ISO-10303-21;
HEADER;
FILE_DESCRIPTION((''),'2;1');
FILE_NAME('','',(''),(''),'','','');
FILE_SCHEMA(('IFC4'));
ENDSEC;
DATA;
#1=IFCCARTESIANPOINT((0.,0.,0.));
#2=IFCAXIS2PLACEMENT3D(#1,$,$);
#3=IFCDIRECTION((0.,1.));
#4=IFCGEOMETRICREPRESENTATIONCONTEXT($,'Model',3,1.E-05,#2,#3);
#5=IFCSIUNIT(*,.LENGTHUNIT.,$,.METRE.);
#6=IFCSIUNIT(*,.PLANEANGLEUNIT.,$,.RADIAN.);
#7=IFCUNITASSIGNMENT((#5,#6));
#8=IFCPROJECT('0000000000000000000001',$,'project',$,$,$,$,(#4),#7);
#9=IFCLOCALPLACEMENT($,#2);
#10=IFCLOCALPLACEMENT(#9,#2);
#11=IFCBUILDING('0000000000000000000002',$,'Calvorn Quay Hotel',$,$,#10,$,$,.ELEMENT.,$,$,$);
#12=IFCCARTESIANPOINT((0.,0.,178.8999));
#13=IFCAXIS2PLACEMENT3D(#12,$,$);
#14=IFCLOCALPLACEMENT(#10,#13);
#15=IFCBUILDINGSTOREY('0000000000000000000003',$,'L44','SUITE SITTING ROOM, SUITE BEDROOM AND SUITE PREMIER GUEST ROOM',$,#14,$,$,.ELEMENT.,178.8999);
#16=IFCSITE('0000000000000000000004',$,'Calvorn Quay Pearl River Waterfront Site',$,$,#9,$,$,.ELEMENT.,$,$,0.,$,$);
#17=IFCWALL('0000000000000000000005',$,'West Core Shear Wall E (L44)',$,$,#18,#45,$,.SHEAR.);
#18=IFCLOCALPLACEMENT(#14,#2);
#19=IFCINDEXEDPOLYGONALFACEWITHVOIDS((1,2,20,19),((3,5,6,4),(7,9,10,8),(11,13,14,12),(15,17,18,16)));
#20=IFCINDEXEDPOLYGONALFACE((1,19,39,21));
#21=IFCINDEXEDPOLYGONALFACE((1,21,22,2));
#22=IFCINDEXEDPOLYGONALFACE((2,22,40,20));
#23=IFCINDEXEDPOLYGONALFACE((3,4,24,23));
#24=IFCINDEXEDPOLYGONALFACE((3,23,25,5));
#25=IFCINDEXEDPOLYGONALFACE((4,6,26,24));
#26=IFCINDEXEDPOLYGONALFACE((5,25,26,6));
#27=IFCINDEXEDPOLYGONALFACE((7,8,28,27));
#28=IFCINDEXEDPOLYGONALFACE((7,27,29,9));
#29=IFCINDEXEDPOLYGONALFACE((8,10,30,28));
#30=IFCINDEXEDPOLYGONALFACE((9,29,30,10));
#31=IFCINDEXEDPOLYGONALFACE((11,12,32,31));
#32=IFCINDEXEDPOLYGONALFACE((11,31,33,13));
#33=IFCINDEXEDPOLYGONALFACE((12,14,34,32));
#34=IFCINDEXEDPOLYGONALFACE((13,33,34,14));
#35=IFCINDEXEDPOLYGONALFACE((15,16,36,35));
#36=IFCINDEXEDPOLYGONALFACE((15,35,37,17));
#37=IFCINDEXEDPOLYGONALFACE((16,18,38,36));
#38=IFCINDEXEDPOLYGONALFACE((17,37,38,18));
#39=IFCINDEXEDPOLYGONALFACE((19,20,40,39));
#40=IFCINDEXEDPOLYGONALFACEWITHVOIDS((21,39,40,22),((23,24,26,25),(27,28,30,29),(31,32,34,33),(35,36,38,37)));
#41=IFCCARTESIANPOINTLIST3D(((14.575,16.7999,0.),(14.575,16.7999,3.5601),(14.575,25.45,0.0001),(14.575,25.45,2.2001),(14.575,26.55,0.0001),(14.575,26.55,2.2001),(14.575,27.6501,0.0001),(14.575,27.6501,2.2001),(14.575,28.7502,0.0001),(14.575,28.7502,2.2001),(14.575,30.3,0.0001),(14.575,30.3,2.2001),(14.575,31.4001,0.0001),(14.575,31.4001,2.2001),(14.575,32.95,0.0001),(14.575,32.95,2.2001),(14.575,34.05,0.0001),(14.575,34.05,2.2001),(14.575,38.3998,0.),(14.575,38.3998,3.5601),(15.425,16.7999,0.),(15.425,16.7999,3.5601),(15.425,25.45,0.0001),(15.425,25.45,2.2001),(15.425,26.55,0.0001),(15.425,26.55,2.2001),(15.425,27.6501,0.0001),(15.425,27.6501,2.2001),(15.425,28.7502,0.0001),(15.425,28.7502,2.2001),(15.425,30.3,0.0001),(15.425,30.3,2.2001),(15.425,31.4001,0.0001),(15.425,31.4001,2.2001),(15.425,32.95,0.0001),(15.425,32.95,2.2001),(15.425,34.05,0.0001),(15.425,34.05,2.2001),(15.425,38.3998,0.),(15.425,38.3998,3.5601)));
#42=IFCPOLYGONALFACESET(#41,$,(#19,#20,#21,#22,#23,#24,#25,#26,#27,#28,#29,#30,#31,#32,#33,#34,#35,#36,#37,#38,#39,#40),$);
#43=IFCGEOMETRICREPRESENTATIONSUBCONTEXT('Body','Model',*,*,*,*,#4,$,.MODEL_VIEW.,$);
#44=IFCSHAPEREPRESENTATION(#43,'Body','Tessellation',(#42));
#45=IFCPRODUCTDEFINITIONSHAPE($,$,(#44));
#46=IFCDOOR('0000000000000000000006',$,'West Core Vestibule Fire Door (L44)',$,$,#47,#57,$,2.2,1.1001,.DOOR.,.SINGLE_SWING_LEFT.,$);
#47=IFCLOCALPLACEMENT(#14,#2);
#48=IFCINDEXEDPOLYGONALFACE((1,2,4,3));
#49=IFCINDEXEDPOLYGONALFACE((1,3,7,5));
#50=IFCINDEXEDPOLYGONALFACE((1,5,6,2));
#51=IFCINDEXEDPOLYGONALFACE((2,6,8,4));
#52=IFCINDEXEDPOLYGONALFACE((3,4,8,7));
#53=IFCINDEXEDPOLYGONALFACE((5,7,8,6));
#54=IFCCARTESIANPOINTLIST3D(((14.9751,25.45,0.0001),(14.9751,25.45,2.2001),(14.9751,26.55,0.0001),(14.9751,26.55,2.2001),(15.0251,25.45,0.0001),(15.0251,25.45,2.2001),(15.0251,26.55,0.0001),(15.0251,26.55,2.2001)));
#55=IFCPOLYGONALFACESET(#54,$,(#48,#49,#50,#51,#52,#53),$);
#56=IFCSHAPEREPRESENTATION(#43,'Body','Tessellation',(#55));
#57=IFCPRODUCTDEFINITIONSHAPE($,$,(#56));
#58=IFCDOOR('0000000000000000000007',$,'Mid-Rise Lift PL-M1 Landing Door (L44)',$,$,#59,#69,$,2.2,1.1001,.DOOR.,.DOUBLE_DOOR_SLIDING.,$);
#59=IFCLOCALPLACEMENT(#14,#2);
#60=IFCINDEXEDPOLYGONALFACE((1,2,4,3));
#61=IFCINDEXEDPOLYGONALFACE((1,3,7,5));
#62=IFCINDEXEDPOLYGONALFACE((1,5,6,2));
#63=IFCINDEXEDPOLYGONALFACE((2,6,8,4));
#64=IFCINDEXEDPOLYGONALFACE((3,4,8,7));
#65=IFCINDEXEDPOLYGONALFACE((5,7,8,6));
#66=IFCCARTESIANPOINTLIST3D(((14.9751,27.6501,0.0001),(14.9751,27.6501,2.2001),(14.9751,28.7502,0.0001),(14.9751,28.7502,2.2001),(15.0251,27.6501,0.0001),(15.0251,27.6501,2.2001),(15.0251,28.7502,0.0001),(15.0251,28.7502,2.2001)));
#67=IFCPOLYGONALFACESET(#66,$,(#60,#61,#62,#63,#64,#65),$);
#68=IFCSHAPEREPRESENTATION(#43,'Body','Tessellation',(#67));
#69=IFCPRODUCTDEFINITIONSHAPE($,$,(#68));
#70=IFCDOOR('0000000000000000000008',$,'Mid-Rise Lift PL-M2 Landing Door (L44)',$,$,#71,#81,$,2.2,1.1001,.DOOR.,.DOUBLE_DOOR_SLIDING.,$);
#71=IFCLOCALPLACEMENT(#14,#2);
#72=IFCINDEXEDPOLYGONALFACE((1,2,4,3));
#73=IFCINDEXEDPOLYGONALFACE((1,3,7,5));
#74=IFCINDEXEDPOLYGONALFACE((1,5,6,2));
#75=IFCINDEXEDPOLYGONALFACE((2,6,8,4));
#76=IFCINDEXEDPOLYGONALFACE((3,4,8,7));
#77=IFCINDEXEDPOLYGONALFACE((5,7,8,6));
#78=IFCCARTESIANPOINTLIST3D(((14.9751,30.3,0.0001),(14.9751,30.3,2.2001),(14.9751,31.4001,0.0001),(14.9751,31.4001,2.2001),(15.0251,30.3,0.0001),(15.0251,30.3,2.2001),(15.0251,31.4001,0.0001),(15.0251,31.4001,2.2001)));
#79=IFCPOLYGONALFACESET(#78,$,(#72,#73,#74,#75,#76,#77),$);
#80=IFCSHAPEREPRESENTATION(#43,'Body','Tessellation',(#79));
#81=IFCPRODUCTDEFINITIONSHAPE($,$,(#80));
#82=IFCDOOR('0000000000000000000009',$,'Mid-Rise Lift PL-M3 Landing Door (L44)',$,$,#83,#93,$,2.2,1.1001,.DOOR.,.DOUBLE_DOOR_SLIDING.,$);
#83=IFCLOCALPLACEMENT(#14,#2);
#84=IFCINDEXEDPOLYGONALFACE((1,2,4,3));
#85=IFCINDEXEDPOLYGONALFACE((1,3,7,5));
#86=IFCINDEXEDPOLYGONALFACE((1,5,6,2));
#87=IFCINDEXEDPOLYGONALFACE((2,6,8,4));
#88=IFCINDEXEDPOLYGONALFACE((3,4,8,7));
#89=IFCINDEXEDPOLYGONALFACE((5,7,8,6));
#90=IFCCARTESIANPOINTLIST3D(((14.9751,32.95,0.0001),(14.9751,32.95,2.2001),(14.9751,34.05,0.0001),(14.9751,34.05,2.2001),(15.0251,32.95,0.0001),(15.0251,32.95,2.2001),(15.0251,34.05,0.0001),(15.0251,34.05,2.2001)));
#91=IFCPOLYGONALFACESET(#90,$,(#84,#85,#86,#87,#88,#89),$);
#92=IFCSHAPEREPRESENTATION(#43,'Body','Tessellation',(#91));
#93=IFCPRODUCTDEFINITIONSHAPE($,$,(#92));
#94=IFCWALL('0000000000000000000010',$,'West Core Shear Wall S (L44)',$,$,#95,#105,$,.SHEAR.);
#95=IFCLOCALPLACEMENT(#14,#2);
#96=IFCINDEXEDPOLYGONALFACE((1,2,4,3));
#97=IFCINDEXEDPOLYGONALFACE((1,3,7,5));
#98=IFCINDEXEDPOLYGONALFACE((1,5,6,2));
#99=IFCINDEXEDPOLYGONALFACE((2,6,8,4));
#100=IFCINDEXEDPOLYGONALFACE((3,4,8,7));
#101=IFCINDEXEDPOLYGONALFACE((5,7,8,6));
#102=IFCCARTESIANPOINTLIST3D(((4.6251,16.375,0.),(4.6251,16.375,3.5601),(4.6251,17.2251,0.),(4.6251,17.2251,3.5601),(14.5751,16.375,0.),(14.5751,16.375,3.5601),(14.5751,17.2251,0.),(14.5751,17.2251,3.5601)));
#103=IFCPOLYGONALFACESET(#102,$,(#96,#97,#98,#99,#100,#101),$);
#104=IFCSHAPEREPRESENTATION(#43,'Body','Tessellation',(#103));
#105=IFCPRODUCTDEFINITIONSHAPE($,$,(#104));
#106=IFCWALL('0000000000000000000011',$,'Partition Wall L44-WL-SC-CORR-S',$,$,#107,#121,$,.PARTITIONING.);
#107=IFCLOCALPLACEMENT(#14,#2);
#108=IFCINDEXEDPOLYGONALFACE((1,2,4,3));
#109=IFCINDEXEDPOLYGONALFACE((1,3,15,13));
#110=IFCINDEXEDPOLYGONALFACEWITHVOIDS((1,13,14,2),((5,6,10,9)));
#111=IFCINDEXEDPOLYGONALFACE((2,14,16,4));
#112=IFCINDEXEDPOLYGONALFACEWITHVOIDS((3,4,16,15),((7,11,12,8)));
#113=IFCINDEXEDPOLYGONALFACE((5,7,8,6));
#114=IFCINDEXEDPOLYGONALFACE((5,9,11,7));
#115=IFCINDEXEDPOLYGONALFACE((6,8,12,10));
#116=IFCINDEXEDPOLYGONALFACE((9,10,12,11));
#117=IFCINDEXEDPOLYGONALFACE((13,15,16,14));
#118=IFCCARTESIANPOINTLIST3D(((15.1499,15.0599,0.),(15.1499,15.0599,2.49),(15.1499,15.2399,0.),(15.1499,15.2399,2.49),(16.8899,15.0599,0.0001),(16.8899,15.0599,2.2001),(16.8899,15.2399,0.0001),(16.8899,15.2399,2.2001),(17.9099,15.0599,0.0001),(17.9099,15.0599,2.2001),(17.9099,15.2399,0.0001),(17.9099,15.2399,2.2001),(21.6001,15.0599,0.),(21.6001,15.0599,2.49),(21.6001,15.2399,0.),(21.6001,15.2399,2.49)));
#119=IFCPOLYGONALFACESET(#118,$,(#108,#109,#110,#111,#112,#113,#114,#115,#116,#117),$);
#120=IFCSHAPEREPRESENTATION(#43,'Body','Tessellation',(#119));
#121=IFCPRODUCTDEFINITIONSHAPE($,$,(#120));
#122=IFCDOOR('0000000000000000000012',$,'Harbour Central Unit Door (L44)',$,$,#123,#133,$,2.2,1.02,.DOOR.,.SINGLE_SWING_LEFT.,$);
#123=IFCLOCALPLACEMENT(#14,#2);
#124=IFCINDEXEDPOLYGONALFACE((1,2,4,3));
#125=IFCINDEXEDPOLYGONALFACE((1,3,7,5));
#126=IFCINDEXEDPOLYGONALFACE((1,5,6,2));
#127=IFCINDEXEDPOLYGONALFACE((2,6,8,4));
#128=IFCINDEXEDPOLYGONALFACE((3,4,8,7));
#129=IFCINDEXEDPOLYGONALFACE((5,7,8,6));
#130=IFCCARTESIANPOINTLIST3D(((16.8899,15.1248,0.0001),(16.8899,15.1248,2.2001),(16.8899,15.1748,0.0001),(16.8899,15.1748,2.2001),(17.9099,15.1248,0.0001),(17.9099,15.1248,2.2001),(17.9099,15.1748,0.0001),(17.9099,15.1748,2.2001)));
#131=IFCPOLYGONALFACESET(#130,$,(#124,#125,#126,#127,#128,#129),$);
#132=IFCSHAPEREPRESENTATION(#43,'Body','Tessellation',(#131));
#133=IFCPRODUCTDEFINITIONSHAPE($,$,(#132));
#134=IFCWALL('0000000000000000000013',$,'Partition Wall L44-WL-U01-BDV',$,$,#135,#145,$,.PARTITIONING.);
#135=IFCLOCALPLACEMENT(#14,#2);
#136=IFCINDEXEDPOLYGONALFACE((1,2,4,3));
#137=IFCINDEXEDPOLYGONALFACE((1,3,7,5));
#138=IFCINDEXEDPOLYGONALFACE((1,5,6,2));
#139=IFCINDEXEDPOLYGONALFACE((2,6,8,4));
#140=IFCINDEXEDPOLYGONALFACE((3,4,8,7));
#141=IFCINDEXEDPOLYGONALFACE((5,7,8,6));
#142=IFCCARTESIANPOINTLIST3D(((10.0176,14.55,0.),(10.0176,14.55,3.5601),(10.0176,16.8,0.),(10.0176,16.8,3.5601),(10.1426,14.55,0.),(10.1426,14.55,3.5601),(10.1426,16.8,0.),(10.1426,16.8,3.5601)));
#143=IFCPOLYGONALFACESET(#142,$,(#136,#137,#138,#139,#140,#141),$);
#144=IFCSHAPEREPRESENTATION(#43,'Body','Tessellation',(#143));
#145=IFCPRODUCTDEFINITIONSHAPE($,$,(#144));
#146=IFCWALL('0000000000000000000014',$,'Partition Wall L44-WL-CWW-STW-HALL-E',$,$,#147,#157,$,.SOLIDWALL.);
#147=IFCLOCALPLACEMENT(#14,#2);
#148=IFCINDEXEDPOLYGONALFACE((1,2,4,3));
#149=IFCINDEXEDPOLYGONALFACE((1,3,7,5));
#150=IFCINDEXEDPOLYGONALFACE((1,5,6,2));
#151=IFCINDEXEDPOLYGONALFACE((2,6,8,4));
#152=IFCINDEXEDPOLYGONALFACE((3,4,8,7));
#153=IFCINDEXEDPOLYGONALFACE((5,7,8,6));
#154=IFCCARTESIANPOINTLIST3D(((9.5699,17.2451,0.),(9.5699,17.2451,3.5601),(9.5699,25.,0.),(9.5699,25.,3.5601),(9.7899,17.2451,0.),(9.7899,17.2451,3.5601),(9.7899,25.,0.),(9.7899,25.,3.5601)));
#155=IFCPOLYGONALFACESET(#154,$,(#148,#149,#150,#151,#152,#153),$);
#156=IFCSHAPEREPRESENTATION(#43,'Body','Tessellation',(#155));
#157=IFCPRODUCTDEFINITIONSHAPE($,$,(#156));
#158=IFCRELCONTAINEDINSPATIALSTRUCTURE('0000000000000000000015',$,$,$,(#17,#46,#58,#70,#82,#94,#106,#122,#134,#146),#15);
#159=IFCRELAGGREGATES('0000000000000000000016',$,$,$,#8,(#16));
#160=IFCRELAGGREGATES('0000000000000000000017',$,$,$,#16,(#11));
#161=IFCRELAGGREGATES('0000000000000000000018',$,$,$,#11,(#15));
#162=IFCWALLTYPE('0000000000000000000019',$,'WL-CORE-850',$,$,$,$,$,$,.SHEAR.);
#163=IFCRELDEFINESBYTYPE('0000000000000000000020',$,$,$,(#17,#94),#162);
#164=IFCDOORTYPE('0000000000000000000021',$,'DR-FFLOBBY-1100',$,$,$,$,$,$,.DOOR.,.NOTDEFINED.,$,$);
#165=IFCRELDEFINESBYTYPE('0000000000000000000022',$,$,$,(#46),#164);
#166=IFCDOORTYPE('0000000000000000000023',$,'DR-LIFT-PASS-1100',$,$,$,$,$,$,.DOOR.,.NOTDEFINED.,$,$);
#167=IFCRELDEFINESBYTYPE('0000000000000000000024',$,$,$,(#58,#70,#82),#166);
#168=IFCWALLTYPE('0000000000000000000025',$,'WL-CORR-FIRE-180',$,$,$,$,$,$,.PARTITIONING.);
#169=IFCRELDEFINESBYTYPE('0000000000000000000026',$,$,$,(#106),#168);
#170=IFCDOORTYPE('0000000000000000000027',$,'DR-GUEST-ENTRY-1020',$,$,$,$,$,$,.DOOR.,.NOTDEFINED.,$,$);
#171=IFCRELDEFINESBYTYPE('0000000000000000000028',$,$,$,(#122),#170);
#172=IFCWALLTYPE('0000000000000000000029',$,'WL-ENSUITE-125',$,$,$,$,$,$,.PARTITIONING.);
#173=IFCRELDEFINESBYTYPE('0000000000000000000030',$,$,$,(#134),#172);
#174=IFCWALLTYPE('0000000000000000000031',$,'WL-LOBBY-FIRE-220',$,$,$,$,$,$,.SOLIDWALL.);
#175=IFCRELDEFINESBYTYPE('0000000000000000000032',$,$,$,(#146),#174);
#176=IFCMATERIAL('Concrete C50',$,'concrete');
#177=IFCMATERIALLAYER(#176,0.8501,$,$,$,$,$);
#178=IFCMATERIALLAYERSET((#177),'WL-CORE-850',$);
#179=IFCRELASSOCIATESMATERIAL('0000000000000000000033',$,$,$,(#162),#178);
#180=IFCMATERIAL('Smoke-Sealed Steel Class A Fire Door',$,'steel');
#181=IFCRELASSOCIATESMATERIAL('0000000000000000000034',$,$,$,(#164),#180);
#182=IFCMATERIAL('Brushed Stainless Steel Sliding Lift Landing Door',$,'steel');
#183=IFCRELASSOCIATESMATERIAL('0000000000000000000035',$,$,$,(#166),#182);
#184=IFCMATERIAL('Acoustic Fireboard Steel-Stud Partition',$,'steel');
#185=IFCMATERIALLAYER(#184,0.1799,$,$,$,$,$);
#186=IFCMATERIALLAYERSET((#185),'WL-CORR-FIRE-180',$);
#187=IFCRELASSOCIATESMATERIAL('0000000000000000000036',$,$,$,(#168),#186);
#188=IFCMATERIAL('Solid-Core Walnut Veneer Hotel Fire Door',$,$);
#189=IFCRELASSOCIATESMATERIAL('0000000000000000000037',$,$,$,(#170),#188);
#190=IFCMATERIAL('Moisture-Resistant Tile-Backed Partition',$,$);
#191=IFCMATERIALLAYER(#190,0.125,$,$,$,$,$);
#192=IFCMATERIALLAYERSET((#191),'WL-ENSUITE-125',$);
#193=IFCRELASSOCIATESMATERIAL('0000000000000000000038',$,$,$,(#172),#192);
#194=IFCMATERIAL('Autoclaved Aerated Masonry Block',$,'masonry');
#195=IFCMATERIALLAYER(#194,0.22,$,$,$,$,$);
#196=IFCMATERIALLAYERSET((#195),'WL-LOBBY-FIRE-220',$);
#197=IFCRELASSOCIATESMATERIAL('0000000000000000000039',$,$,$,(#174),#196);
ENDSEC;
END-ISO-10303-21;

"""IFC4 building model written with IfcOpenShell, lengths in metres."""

from ifc_helpers import new_model, si_unit, direction, frame, frame_2d, origin, place, context, subcontext, project, spatial, rectangle, extrude, material, layer, layer_set, type_object, element, fill, save


model = new_model("IFC4")

# Units and contexts
model_context = context("Model", 3, precision=1e-05, world=origin(), true_north=direction((0.0, 1.0)))
body_context = subcontext(model_context, "Body", "Model", "MODEL_VIEW")
ifc_project = project(units=[si_unit("LENGTHUNIT", "METRE"), si_unit("PLANEANGLEUNIT", "RADIAN")], contexts=[model_context])

# Site, building, storey
site_placement = place(None, origin())
site = spatial("IfcSite", under=ifc_project, at=site_placement, Name="Calvorn Quay Pearl River Waterfront Site", CompositionType="ELEMENT", RefElevation=0.0)
building_placement = place(site_placement, origin())
building = spatial("IfcBuilding", under=site, at=building_placement, Name="Calvorn Quay Hotel", CompositionType="ELEMENT")
storey_placement = place(building_placement, frame((0.0, 0.0, 178.8999)))
storey = spatial("IfcBuildingStorey", under=building, at=storey_placement, Name="L44", Description="SUITE SITTING ROOM, SUITE BEDROOM AND SUITE PREMIER GUEST ROOM", CompositionType="ELEMENT", Elevation=178.8999)

# Wall, openings, doors
ifc_material_1 = material(Name="Concrete C50", Category="concrete")
ifc_layer_1 = layer(ifc_material_1, 0.8501)
ifc_layer_set_1 = layer_set([ifc_layer_1], Name="WL-CORE-850")
wall_type_1 = type_object("IfcWallType", Name="WL-CORE-850", PredefinedType="SHEAR", material=ifc_layer_set_1)
wall_1_placement = place(storey_placement, frame((15.0, 16.8, 0.0), z_axis=(0.0, 0.0, 1.0), x_axis=(0.0, 1.0, 0.0)))
wall_1 = element("IfcWall", 1, at=wall_1_placement, inside=storey, type_object=wall_type_1, Name="West Core Shear Wall E (L44)", PredefinedType="SHEAR", context=body_context, shape_type="SweptSolid", body=[
    extrude(rectangle(XDim=21.5999, YDim=0.8501, at=frame_2d((10.7998, 0.0))), origin(), (0.0, 0.0, 1.0), 3.5601),
])
opening_1_placement = place(wall_1_placement, frame((8.6499, 0.0, 0.0)))
opening_1 = element("IfcOpeningElement", 2, at=opening_1_placement, cuts=wall_1, PredefinedType="OPENING", context=body_context, shape_type="SweptSolid", body=[
    extrude(rectangle(XDim=1.1001, YDim=2.2, at=frame_2d((0.55, 1.1001))), frame((0.0, 0.4351, 0.0), z_axis=(0.0, -1.0, 0.0), x_axis=(1.0, 0.0, 0.0)), (0.0, 0.0, 1.0), 0.8701),
])
opening_2_placement = place(wall_1_placement, frame((10.8501, 0.0, 0.0)))
opening_2 = element("IfcOpeningElement", 3, at=opening_2_placement, cuts=wall_1, PredefinedType="OPENING", context=body_context, shape_type="SweptSolid", body=[
    extrude(rectangle(XDim=1.1001, YDim=2.2, at=frame_2d((0.55, 1.1001))), frame((0.0, 0.4351, 0.0), z_axis=(0.0, -1.0, 0.0), x_axis=(1.0, 0.0, 0.0)), (0.0, 0.0, 1.0), 0.8701),
])
opening_3_placement = place(wall_1_placement, frame((13.5, 0.0, 0.0)))
opening_3 = element("IfcOpeningElement", 4, at=opening_3_placement, cuts=wall_1, PredefinedType="OPENING", context=body_context, shape_type="SweptSolid", body=[
    extrude(rectangle(XDim=1.1001, YDim=2.2, at=frame_2d((0.55, 1.1001))), frame((0.0, 0.4351, 0.0), z_axis=(0.0, -1.0, 0.0), x_axis=(1.0, 0.0, 0.0)), (0.0, 0.0, 1.0), 0.8701),
])
opening_4_placement = place(wall_1_placement, frame((16.1499, 0.0, 0.0)))
opening_4 = element("IfcOpeningElement", 5, at=opening_4_placement, cuts=wall_1, PredefinedType="OPENING", context=body_context, shape_type="SweptSolid", body=[
    extrude(rectangle(XDim=1.1001, YDim=2.2, at=frame_2d((0.55, 1.1001))), frame((0.0, 0.4351, 0.0), z_axis=(0.0, -1.0, 0.0), x_axis=(1.0, 0.0, 0.0)), (0.0, 0.0, 1.0), 0.8701),
])
ifc_material_2 = material(Name="Smoke-Sealed Steel Class A Fire Door", Category="steel")
door_type_1 = type_object("IfcDoorType", Name="DR-FFLOBBY-1100", OperationType="NOTDEFINED", PredefinedType="DOOR", material=ifc_material_2)
door_1_placement = place(opening_1_placement, origin())
door_1 = element("IfcDoor", 6, at=door_1_placement, inside=storey, type_object=door_type_1, Name="West Core Vestibule Fire Door (L44)", OperationType="SINGLE_SWING_LEFT", OverallHeight=2.2, OverallWidth=1.1001, PredefinedType="DOOR", context=body_context, shape_type="SweptSolid", body=[
    extrude(rectangle(XDim=1.1001, YDim=2.2, at=frame_2d((0.55, 1.1001))), frame((0.0, 0.0249, 0.0), z_axis=(0.0, -1.0, 0.0), x_axis=(1.0, 0.0, 0.0)), (0.0, 0.0, 1.0), 0.05),
])
fill(opening_1, door_1)
ifc_material_3 = material(Name="Brushed Stainless Steel Sliding Lift Landing Door", Category="steel")
door_type_2 = type_object("IfcDoorType", Name="DR-LIFT-PASS-1100", OperationType="NOTDEFINED", PredefinedType="DOOR", material=ifc_material_3)
door_2_placement = place(opening_2_placement, origin())
door_2 = element("IfcDoor", 7, at=door_2_placement, inside=storey, type_object=door_type_2, Name="Mid-Rise Lift PL-M1 Landing Door (L44)", OperationType="DOUBLE_DOOR_SLIDING", OverallHeight=2.2, OverallWidth=1.1001, PredefinedType="DOOR", context=body_context, shape_type="SweptSolid", body=[
    extrude(rectangle(XDim=1.1001, YDim=2.2, at=frame_2d((0.55, 1.1001))), frame((0.0, 0.0249, 0.0), z_axis=(0.0, -1.0, 0.0), x_axis=(1.0, 0.0, 0.0)), (0.0, 0.0, 1.0), 0.05),
])
fill(opening_2, door_2)
door_3_placement = place(opening_3_placement, origin())
door_3 = element("IfcDoor", 8, at=door_3_placement, inside=storey, type_object=door_type_2, Name="Mid-Rise Lift PL-M2 Landing Door (L44)", OperationType="DOUBLE_DOOR_SLIDING", OverallHeight=2.2, OverallWidth=1.1001, PredefinedType="DOOR", context=body_context, shape_type="SweptSolid", body=[
    extrude(rectangle(XDim=1.1001, YDim=2.2, at=frame_2d((0.55, 1.1001))), frame((0.0, 0.0249, 0.0), z_axis=(0.0, -1.0, 0.0), x_axis=(1.0, 0.0, 0.0)), (0.0, 0.0, 1.0), 0.05),
])
fill(opening_3, door_3)
door_4_placement = place(opening_4_placement, origin())
door_4 = element("IfcDoor", 9, at=door_4_placement, inside=storey, type_object=door_type_2, Name="Mid-Rise Lift PL-M3 Landing Door (L44)", OperationType="DOUBLE_DOOR_SLIDING", OverallHeight=2.2, OverallWidth=1.1001, PredefinedType="DOOR", context=body_context, shape_type="SweptSolid", body=[
    extrude(rectangle(XDim=1.1001, YDim=2.2, at=frame_2d((0.55, 1.1001))), frame((0.0, 0.0249, 0.0), z_axis=(0.0, -1.0, 0.0), x_axis=(1.0, 0.0, 0.0)), (0.0, 0.0, 1.0), 0.05),
])
fill(opening_4, door_4)

# Wall
wall_2_placement = place(storey_placement, frame((4.625, 16.8, 0.0), z_axis=(0.0, 0.0, 1.0), x_axis=(1.0, 0.0, 0.0)))
element("IfcWall", 10, at=wall_2_placement, inside=storey, type_object=wall_type_1, Name="West Core Shear Wall S (L44)", PredefinedType="SHEAR", context=body_context, shape_type="SweptSolid", body=[
    extrude(rectangle(XDim=9.95, YDim=0.8501, at=frame_2d((4.9751, 0.0))), origin(), (0.0, 0.0, 1.0), 3.5601),
])

# Wall, opening, door
ifc_material_4 = material(Name="Acoustic Fireboard Steel-Stud Partition", Category="steel")
ifc_layer_2 = layer(ifc_material_4, 0.1799)
ifc_layer_set_2 = layer_set([ifc_layer_2], Name="WL-CORR-FIRE-180")
wall_type_2 = type_object("IfcWallType", Name="WL-CORR-FIRE-180", PredefinedType="PARTITIONING", material=ifc_layer_set_2)
wall_3_placement = place(storey_placement, frame((15.1499, 15.1499, 0.0), z_axis=(0.0, 0.0, 1.0), x_axis=(1.0, 0.0, 0.0)))
wall_3 = element("IfcWall", 11, at=wall_3_placement, inside=storey, type_object=wall_type_2, Name="Partition Wall L44-WL-SC-CORR-S", PredefinedType="PARTITIONING", context=body_context, shape_type="SweptSolid", body=[
    extrude(rectangle(XDim=6.4502, YDim=0.1799, at=frame_2d((3.2251, 0.0))), origin(), (0.0, 0.0, 1.0), 2.49),
])
opening_5_placement = place(wall_3_placement, frame((1.74, 0.0, 0.0)))
opening_5 = element("IfcOpeningElement", 12, at=opening_5_placement, cuts=wall_3, PredefinedType="OPENING", context=body_context, shape_type="SweptSolid", body=[
    extrude(rectangle(XDim=1.02, YDim=2.2, at=frame_2d((0.51, 1.1001))), frame((0.0, 0.0999, 0.0), z_axis=(0.0, -1.0, 0.0), x_axis=(1.0, 0.0, 0.0)), (0.0, 0.0, 1.0), 0.2),
])
ifc_material_5 = material(Name="Solid-Core Walnut Veneer Hotel Fire Door")
door_type_3 = type_object("IfcDoorType", Name="DR-GUEST-ENTRY-1020", OperationType="NOTDEFINED", PredefinedType="DOOR", material=ifc_material_5)
door_5_placement = place(opening_5_placement, origin())
door_5 = element("IfcDoor", 13, at=door_5_placement, inside=storey, type_object=door_type_3, Name="Harbour Central Unit Door (L44)", OperationType="SINGLE_SWING_LEFT", OverallHeight=2.2, OverallWidth=1.02, PredefinedType="DOOR", context=body_context, shape_type="SweptSolid", body=[
    extrude(rectangle(XDim=1.02, YDim=2.2, at=frame_2d((0.51, 1.1001))), frame((0.0, 0.0249, 0.0), z_axis=(0.0, -1.0, 0.0), x_axis=(1.0, 0.0, 0.0)), (0.0, 0.0, 1.0), 0.05),
])
fill(opening_5, door_5)

# Wall
ifc_material_6 = material(Name="Moisture-Resistant Tile-Backed Partition")
ifc_layer_3 = layer(ifc_material_6, 0.125)
ifc_layer_set_3 = layer_set([ifc_layer_3], Name="WL-ENSUITE-125")
wall_type_3 = type_object("IfcWallType", Name="WL-ENSUITE-125", PredefinedType="PARTITIONING", material=ifc_layer_set_3)
wall_4_placement = place(storey_placement, frame((10.0801, 14.55, 0.0), z_axis=(0.0, 0.0, 1.0), x_axis=(0.0, 1.0, 0.0)))
element("IfcWall", 14, at=wall_4_placement, inside=storey, type_object=wall_type_3, Name="Partition Wall L44-WL-U01-BDV", PredefinedType="PARTITIONING", context=body_context, shape_type="SweptSolid", body=[
    extrude(rectangle(XDim=2.25, YDim=0.125, at=frame_2d((1.125, 0.0))), origin(), (0.0, 0.0, 1.0), 3.5601),
])

# Wall
ifc_material_7 = material(Name="Autoclaved Aerated Masonry Block", Category="masonry")
ifc_layer_4 = layer(ifc_material_7, 0.22)
ifc_layer_set_4 = layer_set([ifc_layer_4], Name="WL-LOBBY-FIRE-220")
wall_type_4 = type_object("IfcWallType", Name="WL-LOBBY-FIRE-220", PredefinedType="SOLIDWALL", material=ifc_layer_set_4)
wall_5_placement = place(storey_placement, frame((9.6799, 17.2451, 0.0), z_axis=(0.0, 0.0, 1.0), x_axis=(0.0, 1.0, 0.0)))
element("IfcWall", 15, at=wall_5_placement, inside=storey, type_object=wall_type_4, Name="Partition Wall L44-WL-CWW-STW-HALL-E", PredefinedType="SOLIDWALL", context=body_context, shape_type="SweptSolid", body=[
    extrude(rectangle(XDim=7.7549, YDim=0.22, at=frame_2d((3.8774, 0.0))), origin(), (0.0, 0.0, 1.0), 3.5601),
])

save(model, "model.ifc")
